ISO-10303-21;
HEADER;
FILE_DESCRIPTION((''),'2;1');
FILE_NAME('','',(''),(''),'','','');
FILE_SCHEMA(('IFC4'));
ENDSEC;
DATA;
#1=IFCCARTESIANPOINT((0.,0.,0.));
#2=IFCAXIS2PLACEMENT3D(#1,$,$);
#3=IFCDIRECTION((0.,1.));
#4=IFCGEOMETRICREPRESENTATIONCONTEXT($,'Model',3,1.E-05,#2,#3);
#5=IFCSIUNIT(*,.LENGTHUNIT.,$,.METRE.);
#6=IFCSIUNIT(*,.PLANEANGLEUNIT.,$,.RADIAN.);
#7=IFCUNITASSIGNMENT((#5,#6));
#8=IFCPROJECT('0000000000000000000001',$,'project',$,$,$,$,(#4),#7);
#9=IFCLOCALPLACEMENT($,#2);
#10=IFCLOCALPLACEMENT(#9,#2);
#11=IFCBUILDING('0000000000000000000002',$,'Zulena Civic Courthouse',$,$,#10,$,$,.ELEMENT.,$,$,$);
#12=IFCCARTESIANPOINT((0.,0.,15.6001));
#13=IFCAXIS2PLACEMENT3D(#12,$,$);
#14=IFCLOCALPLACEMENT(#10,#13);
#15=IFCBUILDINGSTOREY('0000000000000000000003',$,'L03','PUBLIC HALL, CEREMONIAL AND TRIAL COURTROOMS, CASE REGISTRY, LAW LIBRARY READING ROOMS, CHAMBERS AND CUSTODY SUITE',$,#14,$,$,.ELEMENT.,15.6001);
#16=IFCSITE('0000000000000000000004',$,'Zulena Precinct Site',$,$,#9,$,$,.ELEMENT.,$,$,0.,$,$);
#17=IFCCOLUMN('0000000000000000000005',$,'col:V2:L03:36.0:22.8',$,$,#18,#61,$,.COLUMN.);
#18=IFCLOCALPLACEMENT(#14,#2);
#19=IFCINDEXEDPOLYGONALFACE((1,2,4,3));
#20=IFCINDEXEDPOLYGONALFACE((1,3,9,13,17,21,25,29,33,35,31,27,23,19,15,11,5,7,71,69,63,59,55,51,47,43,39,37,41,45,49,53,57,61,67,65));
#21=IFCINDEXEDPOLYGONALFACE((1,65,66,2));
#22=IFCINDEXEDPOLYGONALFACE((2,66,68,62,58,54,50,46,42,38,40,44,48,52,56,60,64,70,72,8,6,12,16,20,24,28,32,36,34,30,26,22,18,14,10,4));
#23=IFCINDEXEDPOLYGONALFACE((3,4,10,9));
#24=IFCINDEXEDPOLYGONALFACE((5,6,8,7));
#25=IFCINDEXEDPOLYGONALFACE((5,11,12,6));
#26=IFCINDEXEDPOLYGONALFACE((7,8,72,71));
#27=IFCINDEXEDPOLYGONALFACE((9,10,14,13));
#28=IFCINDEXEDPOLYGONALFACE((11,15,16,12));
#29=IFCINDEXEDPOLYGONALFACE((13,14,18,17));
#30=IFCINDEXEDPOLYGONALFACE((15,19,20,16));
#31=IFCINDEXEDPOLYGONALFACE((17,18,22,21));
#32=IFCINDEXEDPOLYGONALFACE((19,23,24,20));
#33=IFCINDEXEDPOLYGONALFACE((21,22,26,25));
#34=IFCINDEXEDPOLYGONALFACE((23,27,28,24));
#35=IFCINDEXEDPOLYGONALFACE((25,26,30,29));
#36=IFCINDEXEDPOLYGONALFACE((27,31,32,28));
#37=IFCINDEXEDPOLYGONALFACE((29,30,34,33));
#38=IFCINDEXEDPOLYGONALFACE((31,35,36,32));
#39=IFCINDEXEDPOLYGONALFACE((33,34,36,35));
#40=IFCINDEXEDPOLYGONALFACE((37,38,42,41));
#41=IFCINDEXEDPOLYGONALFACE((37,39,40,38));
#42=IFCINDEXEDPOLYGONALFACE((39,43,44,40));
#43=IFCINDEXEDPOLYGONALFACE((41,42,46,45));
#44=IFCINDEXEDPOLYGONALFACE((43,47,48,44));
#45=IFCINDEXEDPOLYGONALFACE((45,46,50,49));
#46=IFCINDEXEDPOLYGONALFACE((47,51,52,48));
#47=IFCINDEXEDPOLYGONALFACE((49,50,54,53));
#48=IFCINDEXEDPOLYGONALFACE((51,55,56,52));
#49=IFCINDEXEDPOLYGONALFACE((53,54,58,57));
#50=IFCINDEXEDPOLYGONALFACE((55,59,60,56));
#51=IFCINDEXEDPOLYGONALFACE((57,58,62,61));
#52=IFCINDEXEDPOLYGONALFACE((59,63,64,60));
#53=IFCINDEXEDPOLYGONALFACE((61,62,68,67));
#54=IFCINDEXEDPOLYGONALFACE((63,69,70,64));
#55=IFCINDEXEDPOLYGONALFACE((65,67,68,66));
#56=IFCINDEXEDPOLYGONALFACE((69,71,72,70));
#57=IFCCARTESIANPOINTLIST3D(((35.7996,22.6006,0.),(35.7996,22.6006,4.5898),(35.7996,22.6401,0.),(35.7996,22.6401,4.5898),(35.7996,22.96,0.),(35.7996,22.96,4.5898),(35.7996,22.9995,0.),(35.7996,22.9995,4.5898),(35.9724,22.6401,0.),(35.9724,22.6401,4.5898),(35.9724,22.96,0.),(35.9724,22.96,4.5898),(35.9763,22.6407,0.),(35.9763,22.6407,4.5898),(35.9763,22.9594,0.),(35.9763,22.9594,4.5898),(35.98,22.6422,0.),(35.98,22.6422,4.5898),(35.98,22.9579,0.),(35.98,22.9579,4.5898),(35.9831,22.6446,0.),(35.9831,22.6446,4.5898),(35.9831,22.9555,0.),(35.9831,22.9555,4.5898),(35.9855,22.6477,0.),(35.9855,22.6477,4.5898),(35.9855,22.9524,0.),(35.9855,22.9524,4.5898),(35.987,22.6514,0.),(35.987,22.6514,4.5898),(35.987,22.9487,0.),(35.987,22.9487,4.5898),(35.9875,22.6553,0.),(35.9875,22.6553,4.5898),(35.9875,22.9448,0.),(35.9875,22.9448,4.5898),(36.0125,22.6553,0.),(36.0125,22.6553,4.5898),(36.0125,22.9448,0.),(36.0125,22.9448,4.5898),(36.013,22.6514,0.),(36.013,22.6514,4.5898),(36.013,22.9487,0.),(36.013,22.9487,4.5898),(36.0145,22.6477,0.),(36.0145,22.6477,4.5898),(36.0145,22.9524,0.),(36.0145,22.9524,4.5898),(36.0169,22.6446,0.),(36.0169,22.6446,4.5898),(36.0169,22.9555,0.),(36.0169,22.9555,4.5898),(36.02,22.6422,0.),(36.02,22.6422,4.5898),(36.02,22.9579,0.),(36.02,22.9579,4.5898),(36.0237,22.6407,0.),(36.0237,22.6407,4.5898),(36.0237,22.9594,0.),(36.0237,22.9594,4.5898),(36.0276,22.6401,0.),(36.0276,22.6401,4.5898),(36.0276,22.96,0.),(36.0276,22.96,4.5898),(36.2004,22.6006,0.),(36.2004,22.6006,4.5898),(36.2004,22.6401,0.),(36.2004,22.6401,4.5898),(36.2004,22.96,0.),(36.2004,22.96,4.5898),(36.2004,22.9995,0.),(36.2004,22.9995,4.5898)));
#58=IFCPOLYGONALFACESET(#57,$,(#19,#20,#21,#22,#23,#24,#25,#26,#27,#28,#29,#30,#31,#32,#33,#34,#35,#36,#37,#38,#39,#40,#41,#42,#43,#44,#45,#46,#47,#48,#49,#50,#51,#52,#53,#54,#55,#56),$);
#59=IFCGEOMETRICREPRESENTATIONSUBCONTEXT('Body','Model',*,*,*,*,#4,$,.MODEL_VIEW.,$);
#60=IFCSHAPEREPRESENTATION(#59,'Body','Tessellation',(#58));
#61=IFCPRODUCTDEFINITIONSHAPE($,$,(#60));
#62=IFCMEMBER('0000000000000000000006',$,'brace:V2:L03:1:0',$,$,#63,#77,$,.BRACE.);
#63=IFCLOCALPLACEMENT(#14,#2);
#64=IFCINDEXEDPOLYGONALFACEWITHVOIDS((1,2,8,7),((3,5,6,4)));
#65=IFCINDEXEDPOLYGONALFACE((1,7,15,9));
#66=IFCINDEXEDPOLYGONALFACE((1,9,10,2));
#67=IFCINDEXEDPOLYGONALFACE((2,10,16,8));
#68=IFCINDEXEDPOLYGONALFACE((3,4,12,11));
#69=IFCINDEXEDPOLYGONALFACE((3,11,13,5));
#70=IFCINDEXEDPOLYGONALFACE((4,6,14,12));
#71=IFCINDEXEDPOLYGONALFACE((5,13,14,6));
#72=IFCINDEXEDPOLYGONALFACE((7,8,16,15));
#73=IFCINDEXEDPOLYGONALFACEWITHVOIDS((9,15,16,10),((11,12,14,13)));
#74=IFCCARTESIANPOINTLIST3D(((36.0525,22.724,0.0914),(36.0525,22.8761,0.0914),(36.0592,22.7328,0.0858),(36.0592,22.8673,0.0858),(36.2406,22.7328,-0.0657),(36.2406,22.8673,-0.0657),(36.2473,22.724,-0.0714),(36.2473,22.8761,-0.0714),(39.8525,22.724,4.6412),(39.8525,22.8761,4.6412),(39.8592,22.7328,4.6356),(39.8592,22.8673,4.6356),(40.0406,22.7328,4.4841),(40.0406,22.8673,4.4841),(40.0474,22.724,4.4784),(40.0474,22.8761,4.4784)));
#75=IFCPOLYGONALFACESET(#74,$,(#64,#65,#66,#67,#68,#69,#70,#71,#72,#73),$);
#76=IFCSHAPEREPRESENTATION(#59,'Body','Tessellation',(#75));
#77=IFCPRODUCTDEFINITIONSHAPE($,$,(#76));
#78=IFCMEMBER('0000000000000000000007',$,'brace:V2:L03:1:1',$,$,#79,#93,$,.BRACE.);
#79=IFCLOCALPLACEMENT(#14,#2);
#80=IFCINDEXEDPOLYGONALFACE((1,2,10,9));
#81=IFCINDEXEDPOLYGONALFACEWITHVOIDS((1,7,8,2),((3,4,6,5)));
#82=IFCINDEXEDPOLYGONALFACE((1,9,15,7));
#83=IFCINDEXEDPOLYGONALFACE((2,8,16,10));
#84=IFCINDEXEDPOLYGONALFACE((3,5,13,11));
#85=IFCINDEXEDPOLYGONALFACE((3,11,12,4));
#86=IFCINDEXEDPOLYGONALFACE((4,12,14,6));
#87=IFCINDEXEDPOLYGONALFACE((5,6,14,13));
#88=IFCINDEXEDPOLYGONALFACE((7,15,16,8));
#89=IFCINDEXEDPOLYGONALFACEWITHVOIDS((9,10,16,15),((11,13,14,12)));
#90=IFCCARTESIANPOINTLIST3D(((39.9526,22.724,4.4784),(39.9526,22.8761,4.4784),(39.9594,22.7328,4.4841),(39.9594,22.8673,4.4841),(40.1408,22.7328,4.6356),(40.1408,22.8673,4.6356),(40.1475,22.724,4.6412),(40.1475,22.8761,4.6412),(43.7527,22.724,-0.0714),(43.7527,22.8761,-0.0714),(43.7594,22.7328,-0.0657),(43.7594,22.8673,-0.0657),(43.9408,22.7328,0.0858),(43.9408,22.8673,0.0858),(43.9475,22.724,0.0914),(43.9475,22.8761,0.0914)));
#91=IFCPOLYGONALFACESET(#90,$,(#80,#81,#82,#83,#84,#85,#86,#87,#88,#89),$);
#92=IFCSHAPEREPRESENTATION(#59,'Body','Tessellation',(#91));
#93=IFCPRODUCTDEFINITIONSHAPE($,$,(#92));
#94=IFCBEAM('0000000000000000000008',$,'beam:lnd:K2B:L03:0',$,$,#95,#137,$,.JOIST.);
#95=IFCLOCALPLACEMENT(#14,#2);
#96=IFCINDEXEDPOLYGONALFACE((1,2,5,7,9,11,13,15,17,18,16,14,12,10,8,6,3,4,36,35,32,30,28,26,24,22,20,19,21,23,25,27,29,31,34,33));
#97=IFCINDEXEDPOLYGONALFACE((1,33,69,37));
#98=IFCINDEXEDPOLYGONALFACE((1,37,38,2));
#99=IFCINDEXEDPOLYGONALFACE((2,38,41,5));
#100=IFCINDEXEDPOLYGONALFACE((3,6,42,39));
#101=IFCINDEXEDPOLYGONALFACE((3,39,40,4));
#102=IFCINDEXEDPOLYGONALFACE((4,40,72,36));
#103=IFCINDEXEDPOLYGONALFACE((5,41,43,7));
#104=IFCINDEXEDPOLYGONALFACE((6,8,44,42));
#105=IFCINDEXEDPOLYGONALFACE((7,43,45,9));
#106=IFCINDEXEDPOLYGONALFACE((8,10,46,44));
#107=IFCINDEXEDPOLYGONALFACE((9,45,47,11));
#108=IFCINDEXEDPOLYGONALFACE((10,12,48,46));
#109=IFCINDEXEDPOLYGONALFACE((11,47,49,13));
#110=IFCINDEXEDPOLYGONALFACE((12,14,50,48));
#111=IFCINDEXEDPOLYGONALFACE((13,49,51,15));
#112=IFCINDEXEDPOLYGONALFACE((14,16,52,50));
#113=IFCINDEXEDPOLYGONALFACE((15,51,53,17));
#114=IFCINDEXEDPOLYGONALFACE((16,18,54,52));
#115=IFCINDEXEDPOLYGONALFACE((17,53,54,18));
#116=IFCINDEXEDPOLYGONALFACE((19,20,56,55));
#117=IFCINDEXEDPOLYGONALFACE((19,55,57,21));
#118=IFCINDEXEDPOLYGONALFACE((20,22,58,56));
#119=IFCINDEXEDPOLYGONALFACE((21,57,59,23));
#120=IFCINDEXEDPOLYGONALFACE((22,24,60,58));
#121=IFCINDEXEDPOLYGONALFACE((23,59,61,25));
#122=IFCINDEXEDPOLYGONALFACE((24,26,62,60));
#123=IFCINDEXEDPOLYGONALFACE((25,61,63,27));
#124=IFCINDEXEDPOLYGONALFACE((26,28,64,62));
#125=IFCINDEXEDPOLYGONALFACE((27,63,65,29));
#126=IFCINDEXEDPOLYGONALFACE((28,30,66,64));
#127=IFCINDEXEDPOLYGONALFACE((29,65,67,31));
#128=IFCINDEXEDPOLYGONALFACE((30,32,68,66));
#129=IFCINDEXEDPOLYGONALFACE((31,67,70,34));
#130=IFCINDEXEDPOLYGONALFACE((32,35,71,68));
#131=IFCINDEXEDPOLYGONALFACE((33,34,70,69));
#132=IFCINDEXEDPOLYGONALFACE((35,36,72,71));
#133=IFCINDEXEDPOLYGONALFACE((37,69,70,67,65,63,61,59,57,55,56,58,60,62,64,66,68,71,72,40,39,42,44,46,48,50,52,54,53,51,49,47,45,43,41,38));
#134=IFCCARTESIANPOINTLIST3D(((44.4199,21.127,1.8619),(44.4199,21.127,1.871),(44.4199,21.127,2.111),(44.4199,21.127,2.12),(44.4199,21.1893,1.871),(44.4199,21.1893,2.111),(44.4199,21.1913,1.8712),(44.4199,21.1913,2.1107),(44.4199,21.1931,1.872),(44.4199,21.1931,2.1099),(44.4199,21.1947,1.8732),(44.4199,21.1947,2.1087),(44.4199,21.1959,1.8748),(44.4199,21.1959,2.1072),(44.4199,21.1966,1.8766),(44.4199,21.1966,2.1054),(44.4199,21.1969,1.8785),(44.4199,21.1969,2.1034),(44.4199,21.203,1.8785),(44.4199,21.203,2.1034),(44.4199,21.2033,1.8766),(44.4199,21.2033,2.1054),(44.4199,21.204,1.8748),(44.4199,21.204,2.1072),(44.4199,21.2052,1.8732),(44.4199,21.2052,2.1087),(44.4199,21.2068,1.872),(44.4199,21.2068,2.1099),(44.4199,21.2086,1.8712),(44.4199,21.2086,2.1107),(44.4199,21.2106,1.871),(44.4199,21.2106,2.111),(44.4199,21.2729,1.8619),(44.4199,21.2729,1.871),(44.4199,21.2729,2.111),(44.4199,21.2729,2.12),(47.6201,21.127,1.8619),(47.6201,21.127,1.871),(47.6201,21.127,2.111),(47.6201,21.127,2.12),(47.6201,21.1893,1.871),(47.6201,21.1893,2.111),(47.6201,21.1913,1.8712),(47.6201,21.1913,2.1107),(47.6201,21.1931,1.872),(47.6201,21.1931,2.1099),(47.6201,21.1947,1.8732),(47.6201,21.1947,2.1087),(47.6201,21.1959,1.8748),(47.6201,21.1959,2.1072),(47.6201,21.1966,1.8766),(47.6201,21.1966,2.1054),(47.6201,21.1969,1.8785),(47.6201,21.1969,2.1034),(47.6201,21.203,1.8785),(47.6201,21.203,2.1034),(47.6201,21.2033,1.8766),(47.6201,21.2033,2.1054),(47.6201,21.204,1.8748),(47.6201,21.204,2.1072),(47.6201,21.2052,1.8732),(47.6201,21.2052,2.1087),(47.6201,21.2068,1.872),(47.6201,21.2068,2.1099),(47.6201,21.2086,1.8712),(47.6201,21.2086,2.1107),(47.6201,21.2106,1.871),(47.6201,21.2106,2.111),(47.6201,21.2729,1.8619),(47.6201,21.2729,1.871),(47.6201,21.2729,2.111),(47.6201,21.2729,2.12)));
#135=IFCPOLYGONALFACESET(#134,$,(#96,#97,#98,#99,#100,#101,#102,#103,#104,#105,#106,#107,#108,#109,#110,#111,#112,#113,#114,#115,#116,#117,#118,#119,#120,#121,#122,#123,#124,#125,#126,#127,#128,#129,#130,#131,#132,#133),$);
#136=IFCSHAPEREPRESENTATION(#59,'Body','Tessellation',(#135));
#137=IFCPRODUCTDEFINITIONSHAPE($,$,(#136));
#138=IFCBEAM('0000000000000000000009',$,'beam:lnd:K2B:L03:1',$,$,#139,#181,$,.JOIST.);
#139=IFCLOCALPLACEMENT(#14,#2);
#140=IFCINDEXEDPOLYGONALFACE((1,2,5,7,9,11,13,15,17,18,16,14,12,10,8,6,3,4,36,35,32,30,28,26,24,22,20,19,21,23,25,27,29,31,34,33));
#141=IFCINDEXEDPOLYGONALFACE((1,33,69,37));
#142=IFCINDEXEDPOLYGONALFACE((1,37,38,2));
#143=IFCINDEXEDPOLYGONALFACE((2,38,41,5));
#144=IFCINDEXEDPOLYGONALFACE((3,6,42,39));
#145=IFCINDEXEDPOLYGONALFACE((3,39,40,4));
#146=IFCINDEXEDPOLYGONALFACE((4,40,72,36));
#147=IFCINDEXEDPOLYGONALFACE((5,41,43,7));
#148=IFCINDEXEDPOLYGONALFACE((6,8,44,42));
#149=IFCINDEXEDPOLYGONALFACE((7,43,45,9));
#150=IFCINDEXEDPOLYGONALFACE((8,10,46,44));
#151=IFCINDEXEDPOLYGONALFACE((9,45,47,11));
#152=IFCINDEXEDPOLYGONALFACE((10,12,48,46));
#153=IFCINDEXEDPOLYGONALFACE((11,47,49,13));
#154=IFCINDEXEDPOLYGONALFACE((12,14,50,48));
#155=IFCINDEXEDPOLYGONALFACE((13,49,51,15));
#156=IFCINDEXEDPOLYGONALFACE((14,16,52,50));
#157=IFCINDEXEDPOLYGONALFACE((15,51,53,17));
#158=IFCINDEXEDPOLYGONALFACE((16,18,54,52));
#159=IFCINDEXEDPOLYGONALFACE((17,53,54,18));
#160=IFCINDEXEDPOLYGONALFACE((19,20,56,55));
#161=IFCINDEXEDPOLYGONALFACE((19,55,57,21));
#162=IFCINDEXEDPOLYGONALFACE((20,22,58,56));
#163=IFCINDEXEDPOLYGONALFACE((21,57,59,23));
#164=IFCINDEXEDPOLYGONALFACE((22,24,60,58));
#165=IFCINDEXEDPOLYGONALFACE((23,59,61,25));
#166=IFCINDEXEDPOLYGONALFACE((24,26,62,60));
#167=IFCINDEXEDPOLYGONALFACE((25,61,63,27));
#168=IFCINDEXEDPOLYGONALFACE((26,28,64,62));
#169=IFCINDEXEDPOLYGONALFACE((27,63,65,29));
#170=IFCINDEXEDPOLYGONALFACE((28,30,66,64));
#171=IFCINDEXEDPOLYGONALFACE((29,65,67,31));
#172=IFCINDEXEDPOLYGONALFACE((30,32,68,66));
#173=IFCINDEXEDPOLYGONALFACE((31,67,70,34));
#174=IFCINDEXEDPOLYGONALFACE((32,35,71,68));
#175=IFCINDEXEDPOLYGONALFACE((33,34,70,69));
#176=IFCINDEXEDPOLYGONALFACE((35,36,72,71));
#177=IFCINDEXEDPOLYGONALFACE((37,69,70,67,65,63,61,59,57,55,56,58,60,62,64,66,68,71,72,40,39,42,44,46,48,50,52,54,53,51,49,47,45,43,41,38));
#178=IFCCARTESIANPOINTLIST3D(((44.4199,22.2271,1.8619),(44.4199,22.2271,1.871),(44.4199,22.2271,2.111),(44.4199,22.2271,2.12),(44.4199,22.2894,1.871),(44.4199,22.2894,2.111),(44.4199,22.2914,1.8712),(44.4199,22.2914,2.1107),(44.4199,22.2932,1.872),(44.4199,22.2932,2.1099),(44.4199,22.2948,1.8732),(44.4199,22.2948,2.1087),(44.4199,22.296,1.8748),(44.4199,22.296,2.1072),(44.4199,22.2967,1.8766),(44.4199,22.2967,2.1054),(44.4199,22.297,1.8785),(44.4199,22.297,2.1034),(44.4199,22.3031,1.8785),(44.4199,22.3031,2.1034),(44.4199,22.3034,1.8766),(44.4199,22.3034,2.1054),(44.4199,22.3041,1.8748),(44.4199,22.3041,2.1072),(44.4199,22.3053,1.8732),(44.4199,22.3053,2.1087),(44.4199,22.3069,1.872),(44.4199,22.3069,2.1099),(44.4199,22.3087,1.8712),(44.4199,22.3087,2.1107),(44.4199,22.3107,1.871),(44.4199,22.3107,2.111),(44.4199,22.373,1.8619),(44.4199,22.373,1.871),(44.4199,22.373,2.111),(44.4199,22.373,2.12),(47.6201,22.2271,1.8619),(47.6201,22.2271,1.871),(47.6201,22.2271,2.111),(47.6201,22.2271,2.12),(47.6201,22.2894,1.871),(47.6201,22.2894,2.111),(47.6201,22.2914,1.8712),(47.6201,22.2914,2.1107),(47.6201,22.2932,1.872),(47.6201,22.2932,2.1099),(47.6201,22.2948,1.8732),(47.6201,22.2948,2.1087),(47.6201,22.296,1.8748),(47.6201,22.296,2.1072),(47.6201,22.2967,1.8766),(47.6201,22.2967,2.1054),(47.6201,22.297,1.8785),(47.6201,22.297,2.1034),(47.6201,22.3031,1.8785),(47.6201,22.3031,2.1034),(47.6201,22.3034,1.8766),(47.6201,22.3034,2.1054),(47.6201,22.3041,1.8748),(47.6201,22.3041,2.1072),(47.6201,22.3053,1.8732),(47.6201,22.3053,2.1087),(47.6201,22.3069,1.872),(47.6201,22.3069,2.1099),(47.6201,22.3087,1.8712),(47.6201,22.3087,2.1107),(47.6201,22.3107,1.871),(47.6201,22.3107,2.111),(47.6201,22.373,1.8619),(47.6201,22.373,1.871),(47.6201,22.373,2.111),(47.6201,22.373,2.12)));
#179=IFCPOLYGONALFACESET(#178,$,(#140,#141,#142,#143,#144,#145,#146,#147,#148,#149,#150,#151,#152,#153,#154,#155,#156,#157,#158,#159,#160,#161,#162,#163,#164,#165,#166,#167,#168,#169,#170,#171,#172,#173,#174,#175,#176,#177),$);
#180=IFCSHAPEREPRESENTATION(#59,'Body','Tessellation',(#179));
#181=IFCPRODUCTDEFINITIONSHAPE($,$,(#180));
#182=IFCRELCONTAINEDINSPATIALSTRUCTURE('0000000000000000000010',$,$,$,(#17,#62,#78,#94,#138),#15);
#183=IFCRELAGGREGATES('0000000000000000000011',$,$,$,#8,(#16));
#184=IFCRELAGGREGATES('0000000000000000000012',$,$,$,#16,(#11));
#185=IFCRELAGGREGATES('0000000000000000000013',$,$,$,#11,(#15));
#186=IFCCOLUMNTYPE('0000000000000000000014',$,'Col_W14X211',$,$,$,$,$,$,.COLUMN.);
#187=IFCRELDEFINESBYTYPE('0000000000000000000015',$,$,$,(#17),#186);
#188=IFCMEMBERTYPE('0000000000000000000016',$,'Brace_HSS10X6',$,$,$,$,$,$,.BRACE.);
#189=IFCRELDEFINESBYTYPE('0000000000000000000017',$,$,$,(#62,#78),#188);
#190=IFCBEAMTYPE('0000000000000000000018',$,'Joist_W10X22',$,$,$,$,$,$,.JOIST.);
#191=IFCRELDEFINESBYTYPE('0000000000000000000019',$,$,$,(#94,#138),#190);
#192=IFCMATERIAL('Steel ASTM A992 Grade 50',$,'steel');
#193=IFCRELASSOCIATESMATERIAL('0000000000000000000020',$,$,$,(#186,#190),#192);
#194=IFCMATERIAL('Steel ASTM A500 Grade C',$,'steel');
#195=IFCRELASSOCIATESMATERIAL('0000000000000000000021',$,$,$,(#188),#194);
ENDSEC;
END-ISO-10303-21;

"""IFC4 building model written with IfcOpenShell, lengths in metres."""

from ifc_helpers import new_model, si_unit, direction, frame, origin, origin_2d, place, context, subcontext, project, spatial, hollow_rectangle, i_section, extrude, material, material_profile, profile_set, type_object, element, save


model = new_model("IFC4")

# Units and contexts
model_context = context("Model", 3, precision=1e-05, world=origin(), true_north=direction((0.0, 1.0)))
body_context = subcontext(model_context, "Body", "Model", "MODEL_VIEW")
ifc_project = project(units=[si_unit("LENGTHUNIT", "METRE"), si_unit("PLANEANGLEUNIT", "RADIAN")], contexts=[model_context])

# Site, building, storey
site_placement = place(None, origin())
site = spatial("IfcSite", under=ifc_project, at=site_placement, Name="Zulena Precinct Site", CompositionType="ELEMENT", RefElevation=0.0)
building_placement = place(site_placement, origin())
building = spatial("IfcBuilding", under=site, at=building_placement, Name="Zulena Civic Courthouse", CompositionType="ELEMENT")
storey_placement = place(building_placement, frame((0.0, 0.0, 15.6001)))
storey = spatial("IfcBuildingStorey", under=building, at=storey_placement, Name="L03", Description="PUBLIC HALL, CEREMONIAL AND TRIAL COURTROOMS, CASE REGISTRY, LAW LIBRARY READING ROOMS, CHAMBERS AND CUSTODY SUITE", CompositionType="ELEMENT", Elevation=15.6001)

# Column
ifc_material_1 = material(Name="Steel ASTM A992 Grade 50", Category="steel")
ifc_material_profile_1 = material_profile(ifc_material_1, i_section(OverallWidth=0.4009, OverallDepth=0.3989, WebThickness=0.0249, FlangeThickness=0.0396, FilletRadius=0.0151, at=origin_2d()), Name="W14X211")
ifc_profile_set_1 = profile_set([ifc_material_profile_1], Name="Steel ASTM A992 Grade 50")
column_type_1 = type_object("IfcColumnType", Name="Col_W14X211", PredefinedType="COLUMN", material=ifc_profile_set_1)
column_placement = place(storey_placement, frame((36.0, 22.8, 0.0), z_axis=(0.0, 0.0, 1.0), x_axis=(1.0, 0.0, 0.0)))
element("IfcColumn", 1, at=column_placement, inside=storey, type_object=column_type_1, Name="col:V2:L03:36.0:22.8", PredefinedType="COLUMN", context=body_context, shape_type="SweptSolid", body=[
    extrude(i_section(OverallWidth=0.4009, OverallDepth=0.3989, WebThickness=0.0249, FlangeThickness=0.0396, FilletRadius=0.0151, at=origin_2d()), origin(), (0.0, 0.0, 1.0), 4.5898),
])

# Members
ifc_material_2 = material(Name="Steel ASTM A500 Grade C", Category="steel")
ifc_material_profile_2 = material_profile(ifc_material_2, hollow_rectangle(XDim=0.1521, YDim=0.2539, WallThickness=0.0088, at=origin_2d()), Name="HSS10X6X3/8")
ifc_profile_set_2 = profile_set([ifc_material_profile_2], Name="Steel ASTM A500 Grade C")
member_type = type_object("IfcMemberType", Name="Brace_HSS10X6", PredefinedType="BRACE", material=ifc_profile_set_2)
for number, where, z_axis, x_axis, name in (
    (2, (36.1499, 22.8, 0.01), (0.641035, 0.0, 0.767512), (0.0, 1.0, 0.0), "brace:V2:L03:1:0"),
    (3, (43.8501, 22.8, 0.01), (-0.641035, 0.0, 0.767512), (0.0, -1.0, 0.0), "brace:V2:L03:1:1"),
):
    element("IfcMember", number, at=place(storey_placement, frame(where, z_axis=z_axis, x_axis=x_axis)), inside=storey, type_object=member_type, Name=name, PredefinedType="BRACE", context=body_context, shape_type="SweptSolid", body=[
        extrude(hollow_rectangle(XDim=0.1521, YDim=0.2539, WallThickness=0.0088, at=origin_2d()), origin(), (0.0, 0.0, 1.0), 5.928),
    ])

# Beams
ifc_material_profile_3 = material_profile(ifc_material_1, i_section(OverallWidth=0.146, OverallDepth=0.2581, WebThickness=0.0061, FlangeThickness=0.009, FilletRadius=0.0076, at=origin_2d()), Name="W10X22")
ifc_profile_set_3 = profile_set([ifc_material_profile_3], Name="Steel ASTM A992 Grade 50")
beam_type_1 = type_object("IfcBeamType", Name="Joist_W10X22", PredefinedType="JOIST", material=ifc_profile_set_3)
for number, where, z_axis, x_axis, name in (
    (4, (44.4199, 21.2, 1.991), (1.0, 0.0, 0.0), (0.0, 1.0, 0.0), "beam:lnd:K2B:L03:0"),
    (5, (44.4199, 22.3, 1.991), (1.0, 0.0, 0.0), (0.0, 1.0, 0.0), "beam:lnd:K2B:L03:1"),
):
    element("IfcBeam", number, at=place(storey_placement, frame(where, z_axis=z_axis, x_axis=x_axis)), inside=storey, type_object=beam_type_1, Name=name, PredefinedType="JOIST", context=body_context, shape_type="SweptSolid", body=[
        extrude(i_section(OverallWidth=0.146, OverallDepth=0.2581, WebThickness=0.0061, FlangeThickness=0.009, FilletRadius=0.0076, at=origin_2d()), origin(), (0.0, 0.0, 1.0), 3.2002),
    ])

save(model, "model.ifc")
